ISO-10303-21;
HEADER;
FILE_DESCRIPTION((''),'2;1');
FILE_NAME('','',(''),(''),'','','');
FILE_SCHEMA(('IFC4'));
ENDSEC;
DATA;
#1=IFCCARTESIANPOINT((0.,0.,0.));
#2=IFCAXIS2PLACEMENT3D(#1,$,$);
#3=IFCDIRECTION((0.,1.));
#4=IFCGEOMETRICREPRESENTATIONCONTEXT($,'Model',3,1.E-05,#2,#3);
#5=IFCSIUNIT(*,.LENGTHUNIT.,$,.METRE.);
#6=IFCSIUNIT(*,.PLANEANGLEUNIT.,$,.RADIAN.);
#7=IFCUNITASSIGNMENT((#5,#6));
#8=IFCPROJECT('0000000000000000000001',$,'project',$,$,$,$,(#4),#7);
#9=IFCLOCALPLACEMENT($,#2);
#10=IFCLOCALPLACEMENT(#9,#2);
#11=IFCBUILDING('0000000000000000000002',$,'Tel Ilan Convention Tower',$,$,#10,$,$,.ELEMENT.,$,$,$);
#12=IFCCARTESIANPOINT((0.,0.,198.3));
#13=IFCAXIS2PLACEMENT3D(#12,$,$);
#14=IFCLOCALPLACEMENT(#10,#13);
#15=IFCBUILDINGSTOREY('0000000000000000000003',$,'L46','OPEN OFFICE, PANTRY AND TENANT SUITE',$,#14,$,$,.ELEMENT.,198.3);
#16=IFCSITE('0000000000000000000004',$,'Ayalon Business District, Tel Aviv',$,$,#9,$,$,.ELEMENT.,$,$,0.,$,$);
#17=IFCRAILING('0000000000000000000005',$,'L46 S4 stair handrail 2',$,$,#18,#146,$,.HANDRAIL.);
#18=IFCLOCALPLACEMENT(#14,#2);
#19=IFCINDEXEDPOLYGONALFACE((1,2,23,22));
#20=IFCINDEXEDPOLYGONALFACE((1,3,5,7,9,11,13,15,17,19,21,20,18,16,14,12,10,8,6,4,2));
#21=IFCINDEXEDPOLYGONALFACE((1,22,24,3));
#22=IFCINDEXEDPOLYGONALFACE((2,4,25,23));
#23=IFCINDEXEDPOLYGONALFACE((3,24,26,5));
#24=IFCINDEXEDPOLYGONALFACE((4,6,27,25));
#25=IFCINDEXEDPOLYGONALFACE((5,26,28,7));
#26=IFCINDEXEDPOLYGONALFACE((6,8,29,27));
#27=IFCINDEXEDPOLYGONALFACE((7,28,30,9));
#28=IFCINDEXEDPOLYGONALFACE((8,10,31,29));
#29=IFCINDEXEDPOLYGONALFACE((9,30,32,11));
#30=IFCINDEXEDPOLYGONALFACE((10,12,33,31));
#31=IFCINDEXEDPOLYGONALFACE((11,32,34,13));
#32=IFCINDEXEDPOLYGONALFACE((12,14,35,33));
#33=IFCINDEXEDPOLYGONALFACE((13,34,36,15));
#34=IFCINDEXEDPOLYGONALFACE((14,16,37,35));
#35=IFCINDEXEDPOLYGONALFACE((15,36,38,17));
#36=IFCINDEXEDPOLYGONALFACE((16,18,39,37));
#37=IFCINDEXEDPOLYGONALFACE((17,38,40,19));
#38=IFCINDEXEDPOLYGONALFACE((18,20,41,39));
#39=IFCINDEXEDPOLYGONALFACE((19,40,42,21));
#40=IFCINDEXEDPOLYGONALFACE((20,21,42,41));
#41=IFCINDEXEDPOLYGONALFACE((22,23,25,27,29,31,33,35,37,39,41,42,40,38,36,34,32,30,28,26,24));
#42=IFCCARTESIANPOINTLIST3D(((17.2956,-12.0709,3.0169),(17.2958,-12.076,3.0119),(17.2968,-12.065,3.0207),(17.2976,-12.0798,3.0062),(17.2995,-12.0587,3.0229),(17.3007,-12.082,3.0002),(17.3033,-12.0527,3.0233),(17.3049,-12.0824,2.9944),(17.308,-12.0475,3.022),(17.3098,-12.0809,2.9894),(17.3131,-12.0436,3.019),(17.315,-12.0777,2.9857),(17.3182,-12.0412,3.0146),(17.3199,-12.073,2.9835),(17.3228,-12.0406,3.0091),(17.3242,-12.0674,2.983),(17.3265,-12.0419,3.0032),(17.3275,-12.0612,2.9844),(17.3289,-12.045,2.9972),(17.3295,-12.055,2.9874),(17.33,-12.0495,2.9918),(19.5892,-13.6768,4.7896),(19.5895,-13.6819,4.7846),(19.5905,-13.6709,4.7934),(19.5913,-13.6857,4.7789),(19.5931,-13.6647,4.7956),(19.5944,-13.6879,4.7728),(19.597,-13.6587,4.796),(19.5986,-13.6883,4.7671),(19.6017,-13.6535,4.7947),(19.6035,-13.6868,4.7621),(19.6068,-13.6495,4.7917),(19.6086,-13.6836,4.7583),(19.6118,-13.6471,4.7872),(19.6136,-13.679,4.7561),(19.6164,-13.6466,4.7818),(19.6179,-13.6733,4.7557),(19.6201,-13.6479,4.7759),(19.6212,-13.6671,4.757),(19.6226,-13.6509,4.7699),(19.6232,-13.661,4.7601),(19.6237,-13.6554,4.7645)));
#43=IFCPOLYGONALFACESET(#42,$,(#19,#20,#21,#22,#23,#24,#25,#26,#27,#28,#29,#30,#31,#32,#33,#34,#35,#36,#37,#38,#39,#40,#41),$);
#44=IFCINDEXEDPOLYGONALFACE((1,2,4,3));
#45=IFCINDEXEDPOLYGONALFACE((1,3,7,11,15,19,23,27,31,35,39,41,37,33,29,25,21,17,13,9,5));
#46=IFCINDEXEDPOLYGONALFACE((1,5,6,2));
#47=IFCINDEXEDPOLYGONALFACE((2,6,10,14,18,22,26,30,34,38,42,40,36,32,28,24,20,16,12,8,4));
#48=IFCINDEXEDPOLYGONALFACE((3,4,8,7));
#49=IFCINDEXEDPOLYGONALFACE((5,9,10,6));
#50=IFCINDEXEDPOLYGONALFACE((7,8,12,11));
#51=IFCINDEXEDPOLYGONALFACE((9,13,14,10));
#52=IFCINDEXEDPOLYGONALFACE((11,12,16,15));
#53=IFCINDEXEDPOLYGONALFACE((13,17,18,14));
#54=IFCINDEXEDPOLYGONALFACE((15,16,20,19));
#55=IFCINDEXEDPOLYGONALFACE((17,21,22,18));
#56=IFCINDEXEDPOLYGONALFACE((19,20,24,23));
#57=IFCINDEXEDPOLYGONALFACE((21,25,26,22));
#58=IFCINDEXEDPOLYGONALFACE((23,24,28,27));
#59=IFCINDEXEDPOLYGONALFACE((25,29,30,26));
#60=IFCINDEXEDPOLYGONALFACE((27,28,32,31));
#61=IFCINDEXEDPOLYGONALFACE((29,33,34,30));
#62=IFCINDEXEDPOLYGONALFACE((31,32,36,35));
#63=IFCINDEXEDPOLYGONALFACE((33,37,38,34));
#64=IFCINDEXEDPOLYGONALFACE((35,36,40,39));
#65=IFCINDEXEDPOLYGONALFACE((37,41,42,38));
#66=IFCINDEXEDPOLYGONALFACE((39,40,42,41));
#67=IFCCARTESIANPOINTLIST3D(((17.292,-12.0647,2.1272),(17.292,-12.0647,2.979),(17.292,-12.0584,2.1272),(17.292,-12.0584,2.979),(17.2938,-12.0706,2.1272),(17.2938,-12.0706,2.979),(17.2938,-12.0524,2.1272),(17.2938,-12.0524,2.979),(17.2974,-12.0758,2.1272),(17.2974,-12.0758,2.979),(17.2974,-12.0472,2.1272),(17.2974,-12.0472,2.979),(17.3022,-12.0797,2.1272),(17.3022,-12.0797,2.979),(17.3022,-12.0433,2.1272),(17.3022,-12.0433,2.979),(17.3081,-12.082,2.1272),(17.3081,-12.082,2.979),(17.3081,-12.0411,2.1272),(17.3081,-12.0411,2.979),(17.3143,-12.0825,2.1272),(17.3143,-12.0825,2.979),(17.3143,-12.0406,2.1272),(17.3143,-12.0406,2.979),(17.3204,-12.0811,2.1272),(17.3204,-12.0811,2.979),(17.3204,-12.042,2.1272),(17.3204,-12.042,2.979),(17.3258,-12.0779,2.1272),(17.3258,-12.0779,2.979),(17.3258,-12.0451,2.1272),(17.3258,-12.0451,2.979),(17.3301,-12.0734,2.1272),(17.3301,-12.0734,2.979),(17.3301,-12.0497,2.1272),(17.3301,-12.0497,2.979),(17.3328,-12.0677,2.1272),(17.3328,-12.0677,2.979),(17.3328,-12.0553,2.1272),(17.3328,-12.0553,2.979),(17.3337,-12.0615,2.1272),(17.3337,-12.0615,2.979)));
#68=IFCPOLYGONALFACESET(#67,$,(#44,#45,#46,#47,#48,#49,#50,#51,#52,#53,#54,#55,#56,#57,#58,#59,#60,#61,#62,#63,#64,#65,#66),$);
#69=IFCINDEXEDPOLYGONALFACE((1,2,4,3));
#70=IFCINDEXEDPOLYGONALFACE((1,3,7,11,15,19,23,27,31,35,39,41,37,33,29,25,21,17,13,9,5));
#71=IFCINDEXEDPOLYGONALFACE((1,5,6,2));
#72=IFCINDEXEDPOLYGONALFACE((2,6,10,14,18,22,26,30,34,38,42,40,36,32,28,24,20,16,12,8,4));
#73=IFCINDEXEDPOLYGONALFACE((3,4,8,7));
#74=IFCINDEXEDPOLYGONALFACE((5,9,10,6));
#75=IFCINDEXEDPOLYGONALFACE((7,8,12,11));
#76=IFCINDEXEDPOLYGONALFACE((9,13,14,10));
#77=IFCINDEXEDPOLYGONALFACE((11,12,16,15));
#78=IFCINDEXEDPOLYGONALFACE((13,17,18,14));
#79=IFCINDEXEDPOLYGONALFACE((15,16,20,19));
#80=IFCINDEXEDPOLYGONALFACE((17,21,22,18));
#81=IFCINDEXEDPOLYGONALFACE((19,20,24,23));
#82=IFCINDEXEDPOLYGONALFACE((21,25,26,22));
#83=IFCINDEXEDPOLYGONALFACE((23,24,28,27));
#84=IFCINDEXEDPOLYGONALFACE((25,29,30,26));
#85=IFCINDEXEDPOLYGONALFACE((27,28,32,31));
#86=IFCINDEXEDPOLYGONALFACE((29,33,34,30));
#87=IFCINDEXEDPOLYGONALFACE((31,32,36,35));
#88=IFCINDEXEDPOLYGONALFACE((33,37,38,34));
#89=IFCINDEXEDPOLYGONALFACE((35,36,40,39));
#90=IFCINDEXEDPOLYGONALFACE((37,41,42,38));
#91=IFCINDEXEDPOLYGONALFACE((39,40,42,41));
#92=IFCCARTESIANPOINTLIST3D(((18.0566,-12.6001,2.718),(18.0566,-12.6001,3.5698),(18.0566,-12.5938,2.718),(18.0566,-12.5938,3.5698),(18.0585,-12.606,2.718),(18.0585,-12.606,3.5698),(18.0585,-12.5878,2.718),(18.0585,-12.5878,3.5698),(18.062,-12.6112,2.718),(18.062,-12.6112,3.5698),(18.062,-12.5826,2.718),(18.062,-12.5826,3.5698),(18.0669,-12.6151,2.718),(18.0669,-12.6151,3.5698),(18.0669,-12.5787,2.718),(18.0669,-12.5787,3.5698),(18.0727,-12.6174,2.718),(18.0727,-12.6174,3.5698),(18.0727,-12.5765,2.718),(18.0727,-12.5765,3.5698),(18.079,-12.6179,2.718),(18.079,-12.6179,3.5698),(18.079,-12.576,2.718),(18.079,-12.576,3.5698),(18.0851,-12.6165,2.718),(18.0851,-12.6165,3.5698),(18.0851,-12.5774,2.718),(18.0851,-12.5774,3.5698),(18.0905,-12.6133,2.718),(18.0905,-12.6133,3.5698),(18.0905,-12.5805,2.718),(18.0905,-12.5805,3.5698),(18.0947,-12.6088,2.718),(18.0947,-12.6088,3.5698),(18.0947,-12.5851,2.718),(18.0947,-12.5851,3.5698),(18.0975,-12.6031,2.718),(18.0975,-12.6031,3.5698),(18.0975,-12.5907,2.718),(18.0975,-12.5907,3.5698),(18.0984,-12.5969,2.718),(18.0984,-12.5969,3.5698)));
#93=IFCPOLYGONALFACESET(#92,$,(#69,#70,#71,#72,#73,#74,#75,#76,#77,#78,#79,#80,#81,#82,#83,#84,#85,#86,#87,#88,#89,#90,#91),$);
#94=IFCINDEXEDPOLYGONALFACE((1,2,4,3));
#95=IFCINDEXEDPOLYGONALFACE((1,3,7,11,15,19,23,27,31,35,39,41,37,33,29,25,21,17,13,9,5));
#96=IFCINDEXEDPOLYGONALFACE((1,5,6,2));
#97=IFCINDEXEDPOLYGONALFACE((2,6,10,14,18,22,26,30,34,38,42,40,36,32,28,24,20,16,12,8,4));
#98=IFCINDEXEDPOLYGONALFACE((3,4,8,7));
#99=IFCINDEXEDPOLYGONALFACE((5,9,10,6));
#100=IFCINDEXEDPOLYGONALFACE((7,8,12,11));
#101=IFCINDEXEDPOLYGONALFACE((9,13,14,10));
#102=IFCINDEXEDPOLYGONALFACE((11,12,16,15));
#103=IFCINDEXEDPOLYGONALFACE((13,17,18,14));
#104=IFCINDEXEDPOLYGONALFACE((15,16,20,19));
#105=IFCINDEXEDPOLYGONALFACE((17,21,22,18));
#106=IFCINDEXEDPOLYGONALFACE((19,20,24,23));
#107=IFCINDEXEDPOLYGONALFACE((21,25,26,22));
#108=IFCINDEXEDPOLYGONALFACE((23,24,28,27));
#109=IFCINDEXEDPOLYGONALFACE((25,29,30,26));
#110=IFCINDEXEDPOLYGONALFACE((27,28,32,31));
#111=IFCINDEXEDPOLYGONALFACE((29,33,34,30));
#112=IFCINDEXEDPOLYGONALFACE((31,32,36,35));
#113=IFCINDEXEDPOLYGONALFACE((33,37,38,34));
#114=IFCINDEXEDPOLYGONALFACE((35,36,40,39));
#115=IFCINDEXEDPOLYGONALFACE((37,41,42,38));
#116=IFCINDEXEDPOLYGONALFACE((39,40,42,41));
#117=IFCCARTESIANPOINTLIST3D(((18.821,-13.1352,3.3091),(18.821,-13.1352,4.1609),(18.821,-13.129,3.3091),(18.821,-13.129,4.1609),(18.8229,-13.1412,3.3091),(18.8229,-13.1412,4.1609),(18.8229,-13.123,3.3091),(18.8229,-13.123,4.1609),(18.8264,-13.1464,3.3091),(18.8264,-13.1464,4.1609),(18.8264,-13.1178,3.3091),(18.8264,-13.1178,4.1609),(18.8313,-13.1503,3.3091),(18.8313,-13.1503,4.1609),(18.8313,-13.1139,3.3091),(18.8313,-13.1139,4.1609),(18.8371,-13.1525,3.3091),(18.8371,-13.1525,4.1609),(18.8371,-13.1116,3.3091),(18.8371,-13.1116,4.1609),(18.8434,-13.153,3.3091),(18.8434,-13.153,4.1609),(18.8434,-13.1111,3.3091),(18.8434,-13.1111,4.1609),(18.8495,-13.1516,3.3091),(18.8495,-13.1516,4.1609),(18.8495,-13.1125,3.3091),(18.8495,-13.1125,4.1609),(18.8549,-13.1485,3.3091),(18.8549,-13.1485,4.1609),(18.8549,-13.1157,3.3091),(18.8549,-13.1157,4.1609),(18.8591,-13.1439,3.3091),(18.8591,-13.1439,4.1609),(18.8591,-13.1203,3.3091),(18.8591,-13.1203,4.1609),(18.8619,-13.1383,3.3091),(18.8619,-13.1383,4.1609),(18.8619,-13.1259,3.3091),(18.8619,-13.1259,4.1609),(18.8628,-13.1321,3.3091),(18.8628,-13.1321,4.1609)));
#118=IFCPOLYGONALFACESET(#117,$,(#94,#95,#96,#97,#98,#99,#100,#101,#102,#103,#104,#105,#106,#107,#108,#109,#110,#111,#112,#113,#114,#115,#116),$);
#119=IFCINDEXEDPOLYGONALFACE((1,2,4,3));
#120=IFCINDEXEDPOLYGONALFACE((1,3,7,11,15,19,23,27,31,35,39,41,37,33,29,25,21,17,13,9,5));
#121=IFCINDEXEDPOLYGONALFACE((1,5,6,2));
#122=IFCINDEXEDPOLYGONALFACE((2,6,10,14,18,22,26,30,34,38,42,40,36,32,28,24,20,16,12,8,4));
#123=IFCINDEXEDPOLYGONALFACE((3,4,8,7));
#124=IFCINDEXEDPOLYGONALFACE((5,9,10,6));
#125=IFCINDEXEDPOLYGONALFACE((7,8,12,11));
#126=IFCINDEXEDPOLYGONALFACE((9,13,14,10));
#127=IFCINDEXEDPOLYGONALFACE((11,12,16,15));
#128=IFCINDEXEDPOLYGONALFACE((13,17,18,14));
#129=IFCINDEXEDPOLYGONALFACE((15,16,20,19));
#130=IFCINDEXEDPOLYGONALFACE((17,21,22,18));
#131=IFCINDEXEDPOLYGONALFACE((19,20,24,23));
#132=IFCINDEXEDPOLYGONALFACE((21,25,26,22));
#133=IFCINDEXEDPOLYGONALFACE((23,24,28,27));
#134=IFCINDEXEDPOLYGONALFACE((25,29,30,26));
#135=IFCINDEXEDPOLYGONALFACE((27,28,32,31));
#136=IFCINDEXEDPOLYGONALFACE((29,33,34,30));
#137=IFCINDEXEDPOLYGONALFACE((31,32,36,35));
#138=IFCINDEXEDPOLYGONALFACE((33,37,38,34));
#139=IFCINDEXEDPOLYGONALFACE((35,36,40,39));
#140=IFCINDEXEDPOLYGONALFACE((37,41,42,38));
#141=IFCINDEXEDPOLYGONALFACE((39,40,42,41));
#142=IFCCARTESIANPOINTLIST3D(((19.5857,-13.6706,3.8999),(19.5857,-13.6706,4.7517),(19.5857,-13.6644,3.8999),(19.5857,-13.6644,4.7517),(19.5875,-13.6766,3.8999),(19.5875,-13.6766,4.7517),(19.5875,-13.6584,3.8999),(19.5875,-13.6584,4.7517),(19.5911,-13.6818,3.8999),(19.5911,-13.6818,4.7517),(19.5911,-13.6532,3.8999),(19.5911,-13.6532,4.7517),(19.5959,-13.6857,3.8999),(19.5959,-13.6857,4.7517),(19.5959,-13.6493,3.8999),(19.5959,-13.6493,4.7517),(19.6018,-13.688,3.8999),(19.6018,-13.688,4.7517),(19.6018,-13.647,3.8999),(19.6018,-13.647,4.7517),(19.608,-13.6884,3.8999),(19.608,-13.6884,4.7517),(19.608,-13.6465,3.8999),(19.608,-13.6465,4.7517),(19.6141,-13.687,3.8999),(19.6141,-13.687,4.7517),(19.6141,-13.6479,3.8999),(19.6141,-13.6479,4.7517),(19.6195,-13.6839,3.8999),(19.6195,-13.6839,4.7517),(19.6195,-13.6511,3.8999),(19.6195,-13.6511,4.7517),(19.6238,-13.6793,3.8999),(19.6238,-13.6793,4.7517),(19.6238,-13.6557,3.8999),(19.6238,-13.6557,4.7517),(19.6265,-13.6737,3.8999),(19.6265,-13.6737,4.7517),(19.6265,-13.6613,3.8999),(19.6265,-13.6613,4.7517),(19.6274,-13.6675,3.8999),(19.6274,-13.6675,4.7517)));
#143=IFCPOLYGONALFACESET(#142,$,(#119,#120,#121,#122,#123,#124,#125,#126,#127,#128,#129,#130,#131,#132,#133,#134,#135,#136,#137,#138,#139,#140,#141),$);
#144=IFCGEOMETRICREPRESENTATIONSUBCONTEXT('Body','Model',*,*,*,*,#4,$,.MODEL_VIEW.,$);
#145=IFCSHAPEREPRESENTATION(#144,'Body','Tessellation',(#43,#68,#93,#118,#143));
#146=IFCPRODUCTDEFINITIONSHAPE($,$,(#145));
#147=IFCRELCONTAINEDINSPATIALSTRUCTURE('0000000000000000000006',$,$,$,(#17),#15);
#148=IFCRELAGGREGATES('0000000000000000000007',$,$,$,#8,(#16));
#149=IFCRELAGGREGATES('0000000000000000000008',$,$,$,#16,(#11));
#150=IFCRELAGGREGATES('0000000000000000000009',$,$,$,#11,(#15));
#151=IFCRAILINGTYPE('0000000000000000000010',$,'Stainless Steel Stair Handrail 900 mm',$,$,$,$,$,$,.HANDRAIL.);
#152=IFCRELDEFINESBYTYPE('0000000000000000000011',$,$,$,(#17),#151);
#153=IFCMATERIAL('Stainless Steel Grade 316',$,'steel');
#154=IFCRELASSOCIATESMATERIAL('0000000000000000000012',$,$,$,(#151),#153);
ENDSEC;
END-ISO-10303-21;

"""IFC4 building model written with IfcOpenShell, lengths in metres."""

from ifc_helpers import new_model, si_unit, direction, frame, origin, origin_2d, place, context, subcontext, project, spatial, circle, extrude, material, type_object, element, save


model = new_model("IFC4")

# Units and contexts
model_context = context("Model", 3, precision=1e-05, world=origin(), true_north=direction((0.0, 1.0)))
body_context = subcontext(model_context, "Body", "Model", "MODEL_VIEW")
ifc_project = project(units=[si_unit("LENGTHUNIT", "METRE"), si_unit("PLANEANGLEUNIT", "RADIAN")], contexts=[model_context])

# Site, building, storey
site_placement = place(None, origin())
site = spatial("IfcSite", under=ifc_project, at=site_placement, Name="Ayalon Business District, Tel Aviv", CompositionType="ELEMENT", RefElevation=0.0)
building_placement = place(site_placement, origin())
building = spatial("IfcBuilding", under=site, at=building_placement, Name="Tel Ilan Convention Tower", CompositionType="ELEMENT")
storey_placement = place(building_placement, frame((0.0, 0.0, 198.3)))
storey = spatial("IfcBuildingStorey", under=building, at=storey_placement, Name="L46", Description="OPEN OFFICE, PANTRY AND TENANT SUITE", CompositionType="ELEMENT", Elevation=198.3)

# Railing
ifc_material_1 = material(Name="Stainless Steel Grade 316", Category="steel")
railing_type_1 = type_object("IfcRailingType", Name="Stainless Steel Stair Handrail 900 mm", PredefinedType="HANDRAIL", material=ifc_material_1)
railing_1_placement = place(storey_placement, frame((17.3127, -12.0615, 2.1272)))
element("IfcRailing", 1, at=railing_1_placement, inside=storey, type_object=railing_type_1, Name="L46 S4 stair handrail 2", PredefinedType="HANDRAIL", context=body_context, shape_type="SweptSolid", body=[
    extrude(circle(Radius=0.0239, at=origin_2d()), frame((0.0, 0.0, 0.876), z_axis=(0.692123, -0.484597, 0.534913), x_axis=(0.57355, 0.81917, 0.0)), (0.0, 0.0, 1.0), 3.314),
    extrude(circle(Radius=0.021, at=origin_2d()), origin(), (0.0, 0.0, 1.0), 0.8518),
    extrude(circle(Radius=0.021, at=origin_2d()), frame((0.7646, -0.5354, 0.5908)), (0.0, 0.0, 1.0), 0.8518),
    extrude(circle(Radius=0.021, at=origin_2d()), frame((1.5291, -1.0706, 1.1819)), (0.0, 0.0, 1.0), 0.8518),
    extrude(circle(Radius=0.021, at=origin_2d()), frame((2.2937, -1.606, 1.7727)), (0.0, 0.0, 1.0), 0.8518),
])

save(model, "model.ifc")
